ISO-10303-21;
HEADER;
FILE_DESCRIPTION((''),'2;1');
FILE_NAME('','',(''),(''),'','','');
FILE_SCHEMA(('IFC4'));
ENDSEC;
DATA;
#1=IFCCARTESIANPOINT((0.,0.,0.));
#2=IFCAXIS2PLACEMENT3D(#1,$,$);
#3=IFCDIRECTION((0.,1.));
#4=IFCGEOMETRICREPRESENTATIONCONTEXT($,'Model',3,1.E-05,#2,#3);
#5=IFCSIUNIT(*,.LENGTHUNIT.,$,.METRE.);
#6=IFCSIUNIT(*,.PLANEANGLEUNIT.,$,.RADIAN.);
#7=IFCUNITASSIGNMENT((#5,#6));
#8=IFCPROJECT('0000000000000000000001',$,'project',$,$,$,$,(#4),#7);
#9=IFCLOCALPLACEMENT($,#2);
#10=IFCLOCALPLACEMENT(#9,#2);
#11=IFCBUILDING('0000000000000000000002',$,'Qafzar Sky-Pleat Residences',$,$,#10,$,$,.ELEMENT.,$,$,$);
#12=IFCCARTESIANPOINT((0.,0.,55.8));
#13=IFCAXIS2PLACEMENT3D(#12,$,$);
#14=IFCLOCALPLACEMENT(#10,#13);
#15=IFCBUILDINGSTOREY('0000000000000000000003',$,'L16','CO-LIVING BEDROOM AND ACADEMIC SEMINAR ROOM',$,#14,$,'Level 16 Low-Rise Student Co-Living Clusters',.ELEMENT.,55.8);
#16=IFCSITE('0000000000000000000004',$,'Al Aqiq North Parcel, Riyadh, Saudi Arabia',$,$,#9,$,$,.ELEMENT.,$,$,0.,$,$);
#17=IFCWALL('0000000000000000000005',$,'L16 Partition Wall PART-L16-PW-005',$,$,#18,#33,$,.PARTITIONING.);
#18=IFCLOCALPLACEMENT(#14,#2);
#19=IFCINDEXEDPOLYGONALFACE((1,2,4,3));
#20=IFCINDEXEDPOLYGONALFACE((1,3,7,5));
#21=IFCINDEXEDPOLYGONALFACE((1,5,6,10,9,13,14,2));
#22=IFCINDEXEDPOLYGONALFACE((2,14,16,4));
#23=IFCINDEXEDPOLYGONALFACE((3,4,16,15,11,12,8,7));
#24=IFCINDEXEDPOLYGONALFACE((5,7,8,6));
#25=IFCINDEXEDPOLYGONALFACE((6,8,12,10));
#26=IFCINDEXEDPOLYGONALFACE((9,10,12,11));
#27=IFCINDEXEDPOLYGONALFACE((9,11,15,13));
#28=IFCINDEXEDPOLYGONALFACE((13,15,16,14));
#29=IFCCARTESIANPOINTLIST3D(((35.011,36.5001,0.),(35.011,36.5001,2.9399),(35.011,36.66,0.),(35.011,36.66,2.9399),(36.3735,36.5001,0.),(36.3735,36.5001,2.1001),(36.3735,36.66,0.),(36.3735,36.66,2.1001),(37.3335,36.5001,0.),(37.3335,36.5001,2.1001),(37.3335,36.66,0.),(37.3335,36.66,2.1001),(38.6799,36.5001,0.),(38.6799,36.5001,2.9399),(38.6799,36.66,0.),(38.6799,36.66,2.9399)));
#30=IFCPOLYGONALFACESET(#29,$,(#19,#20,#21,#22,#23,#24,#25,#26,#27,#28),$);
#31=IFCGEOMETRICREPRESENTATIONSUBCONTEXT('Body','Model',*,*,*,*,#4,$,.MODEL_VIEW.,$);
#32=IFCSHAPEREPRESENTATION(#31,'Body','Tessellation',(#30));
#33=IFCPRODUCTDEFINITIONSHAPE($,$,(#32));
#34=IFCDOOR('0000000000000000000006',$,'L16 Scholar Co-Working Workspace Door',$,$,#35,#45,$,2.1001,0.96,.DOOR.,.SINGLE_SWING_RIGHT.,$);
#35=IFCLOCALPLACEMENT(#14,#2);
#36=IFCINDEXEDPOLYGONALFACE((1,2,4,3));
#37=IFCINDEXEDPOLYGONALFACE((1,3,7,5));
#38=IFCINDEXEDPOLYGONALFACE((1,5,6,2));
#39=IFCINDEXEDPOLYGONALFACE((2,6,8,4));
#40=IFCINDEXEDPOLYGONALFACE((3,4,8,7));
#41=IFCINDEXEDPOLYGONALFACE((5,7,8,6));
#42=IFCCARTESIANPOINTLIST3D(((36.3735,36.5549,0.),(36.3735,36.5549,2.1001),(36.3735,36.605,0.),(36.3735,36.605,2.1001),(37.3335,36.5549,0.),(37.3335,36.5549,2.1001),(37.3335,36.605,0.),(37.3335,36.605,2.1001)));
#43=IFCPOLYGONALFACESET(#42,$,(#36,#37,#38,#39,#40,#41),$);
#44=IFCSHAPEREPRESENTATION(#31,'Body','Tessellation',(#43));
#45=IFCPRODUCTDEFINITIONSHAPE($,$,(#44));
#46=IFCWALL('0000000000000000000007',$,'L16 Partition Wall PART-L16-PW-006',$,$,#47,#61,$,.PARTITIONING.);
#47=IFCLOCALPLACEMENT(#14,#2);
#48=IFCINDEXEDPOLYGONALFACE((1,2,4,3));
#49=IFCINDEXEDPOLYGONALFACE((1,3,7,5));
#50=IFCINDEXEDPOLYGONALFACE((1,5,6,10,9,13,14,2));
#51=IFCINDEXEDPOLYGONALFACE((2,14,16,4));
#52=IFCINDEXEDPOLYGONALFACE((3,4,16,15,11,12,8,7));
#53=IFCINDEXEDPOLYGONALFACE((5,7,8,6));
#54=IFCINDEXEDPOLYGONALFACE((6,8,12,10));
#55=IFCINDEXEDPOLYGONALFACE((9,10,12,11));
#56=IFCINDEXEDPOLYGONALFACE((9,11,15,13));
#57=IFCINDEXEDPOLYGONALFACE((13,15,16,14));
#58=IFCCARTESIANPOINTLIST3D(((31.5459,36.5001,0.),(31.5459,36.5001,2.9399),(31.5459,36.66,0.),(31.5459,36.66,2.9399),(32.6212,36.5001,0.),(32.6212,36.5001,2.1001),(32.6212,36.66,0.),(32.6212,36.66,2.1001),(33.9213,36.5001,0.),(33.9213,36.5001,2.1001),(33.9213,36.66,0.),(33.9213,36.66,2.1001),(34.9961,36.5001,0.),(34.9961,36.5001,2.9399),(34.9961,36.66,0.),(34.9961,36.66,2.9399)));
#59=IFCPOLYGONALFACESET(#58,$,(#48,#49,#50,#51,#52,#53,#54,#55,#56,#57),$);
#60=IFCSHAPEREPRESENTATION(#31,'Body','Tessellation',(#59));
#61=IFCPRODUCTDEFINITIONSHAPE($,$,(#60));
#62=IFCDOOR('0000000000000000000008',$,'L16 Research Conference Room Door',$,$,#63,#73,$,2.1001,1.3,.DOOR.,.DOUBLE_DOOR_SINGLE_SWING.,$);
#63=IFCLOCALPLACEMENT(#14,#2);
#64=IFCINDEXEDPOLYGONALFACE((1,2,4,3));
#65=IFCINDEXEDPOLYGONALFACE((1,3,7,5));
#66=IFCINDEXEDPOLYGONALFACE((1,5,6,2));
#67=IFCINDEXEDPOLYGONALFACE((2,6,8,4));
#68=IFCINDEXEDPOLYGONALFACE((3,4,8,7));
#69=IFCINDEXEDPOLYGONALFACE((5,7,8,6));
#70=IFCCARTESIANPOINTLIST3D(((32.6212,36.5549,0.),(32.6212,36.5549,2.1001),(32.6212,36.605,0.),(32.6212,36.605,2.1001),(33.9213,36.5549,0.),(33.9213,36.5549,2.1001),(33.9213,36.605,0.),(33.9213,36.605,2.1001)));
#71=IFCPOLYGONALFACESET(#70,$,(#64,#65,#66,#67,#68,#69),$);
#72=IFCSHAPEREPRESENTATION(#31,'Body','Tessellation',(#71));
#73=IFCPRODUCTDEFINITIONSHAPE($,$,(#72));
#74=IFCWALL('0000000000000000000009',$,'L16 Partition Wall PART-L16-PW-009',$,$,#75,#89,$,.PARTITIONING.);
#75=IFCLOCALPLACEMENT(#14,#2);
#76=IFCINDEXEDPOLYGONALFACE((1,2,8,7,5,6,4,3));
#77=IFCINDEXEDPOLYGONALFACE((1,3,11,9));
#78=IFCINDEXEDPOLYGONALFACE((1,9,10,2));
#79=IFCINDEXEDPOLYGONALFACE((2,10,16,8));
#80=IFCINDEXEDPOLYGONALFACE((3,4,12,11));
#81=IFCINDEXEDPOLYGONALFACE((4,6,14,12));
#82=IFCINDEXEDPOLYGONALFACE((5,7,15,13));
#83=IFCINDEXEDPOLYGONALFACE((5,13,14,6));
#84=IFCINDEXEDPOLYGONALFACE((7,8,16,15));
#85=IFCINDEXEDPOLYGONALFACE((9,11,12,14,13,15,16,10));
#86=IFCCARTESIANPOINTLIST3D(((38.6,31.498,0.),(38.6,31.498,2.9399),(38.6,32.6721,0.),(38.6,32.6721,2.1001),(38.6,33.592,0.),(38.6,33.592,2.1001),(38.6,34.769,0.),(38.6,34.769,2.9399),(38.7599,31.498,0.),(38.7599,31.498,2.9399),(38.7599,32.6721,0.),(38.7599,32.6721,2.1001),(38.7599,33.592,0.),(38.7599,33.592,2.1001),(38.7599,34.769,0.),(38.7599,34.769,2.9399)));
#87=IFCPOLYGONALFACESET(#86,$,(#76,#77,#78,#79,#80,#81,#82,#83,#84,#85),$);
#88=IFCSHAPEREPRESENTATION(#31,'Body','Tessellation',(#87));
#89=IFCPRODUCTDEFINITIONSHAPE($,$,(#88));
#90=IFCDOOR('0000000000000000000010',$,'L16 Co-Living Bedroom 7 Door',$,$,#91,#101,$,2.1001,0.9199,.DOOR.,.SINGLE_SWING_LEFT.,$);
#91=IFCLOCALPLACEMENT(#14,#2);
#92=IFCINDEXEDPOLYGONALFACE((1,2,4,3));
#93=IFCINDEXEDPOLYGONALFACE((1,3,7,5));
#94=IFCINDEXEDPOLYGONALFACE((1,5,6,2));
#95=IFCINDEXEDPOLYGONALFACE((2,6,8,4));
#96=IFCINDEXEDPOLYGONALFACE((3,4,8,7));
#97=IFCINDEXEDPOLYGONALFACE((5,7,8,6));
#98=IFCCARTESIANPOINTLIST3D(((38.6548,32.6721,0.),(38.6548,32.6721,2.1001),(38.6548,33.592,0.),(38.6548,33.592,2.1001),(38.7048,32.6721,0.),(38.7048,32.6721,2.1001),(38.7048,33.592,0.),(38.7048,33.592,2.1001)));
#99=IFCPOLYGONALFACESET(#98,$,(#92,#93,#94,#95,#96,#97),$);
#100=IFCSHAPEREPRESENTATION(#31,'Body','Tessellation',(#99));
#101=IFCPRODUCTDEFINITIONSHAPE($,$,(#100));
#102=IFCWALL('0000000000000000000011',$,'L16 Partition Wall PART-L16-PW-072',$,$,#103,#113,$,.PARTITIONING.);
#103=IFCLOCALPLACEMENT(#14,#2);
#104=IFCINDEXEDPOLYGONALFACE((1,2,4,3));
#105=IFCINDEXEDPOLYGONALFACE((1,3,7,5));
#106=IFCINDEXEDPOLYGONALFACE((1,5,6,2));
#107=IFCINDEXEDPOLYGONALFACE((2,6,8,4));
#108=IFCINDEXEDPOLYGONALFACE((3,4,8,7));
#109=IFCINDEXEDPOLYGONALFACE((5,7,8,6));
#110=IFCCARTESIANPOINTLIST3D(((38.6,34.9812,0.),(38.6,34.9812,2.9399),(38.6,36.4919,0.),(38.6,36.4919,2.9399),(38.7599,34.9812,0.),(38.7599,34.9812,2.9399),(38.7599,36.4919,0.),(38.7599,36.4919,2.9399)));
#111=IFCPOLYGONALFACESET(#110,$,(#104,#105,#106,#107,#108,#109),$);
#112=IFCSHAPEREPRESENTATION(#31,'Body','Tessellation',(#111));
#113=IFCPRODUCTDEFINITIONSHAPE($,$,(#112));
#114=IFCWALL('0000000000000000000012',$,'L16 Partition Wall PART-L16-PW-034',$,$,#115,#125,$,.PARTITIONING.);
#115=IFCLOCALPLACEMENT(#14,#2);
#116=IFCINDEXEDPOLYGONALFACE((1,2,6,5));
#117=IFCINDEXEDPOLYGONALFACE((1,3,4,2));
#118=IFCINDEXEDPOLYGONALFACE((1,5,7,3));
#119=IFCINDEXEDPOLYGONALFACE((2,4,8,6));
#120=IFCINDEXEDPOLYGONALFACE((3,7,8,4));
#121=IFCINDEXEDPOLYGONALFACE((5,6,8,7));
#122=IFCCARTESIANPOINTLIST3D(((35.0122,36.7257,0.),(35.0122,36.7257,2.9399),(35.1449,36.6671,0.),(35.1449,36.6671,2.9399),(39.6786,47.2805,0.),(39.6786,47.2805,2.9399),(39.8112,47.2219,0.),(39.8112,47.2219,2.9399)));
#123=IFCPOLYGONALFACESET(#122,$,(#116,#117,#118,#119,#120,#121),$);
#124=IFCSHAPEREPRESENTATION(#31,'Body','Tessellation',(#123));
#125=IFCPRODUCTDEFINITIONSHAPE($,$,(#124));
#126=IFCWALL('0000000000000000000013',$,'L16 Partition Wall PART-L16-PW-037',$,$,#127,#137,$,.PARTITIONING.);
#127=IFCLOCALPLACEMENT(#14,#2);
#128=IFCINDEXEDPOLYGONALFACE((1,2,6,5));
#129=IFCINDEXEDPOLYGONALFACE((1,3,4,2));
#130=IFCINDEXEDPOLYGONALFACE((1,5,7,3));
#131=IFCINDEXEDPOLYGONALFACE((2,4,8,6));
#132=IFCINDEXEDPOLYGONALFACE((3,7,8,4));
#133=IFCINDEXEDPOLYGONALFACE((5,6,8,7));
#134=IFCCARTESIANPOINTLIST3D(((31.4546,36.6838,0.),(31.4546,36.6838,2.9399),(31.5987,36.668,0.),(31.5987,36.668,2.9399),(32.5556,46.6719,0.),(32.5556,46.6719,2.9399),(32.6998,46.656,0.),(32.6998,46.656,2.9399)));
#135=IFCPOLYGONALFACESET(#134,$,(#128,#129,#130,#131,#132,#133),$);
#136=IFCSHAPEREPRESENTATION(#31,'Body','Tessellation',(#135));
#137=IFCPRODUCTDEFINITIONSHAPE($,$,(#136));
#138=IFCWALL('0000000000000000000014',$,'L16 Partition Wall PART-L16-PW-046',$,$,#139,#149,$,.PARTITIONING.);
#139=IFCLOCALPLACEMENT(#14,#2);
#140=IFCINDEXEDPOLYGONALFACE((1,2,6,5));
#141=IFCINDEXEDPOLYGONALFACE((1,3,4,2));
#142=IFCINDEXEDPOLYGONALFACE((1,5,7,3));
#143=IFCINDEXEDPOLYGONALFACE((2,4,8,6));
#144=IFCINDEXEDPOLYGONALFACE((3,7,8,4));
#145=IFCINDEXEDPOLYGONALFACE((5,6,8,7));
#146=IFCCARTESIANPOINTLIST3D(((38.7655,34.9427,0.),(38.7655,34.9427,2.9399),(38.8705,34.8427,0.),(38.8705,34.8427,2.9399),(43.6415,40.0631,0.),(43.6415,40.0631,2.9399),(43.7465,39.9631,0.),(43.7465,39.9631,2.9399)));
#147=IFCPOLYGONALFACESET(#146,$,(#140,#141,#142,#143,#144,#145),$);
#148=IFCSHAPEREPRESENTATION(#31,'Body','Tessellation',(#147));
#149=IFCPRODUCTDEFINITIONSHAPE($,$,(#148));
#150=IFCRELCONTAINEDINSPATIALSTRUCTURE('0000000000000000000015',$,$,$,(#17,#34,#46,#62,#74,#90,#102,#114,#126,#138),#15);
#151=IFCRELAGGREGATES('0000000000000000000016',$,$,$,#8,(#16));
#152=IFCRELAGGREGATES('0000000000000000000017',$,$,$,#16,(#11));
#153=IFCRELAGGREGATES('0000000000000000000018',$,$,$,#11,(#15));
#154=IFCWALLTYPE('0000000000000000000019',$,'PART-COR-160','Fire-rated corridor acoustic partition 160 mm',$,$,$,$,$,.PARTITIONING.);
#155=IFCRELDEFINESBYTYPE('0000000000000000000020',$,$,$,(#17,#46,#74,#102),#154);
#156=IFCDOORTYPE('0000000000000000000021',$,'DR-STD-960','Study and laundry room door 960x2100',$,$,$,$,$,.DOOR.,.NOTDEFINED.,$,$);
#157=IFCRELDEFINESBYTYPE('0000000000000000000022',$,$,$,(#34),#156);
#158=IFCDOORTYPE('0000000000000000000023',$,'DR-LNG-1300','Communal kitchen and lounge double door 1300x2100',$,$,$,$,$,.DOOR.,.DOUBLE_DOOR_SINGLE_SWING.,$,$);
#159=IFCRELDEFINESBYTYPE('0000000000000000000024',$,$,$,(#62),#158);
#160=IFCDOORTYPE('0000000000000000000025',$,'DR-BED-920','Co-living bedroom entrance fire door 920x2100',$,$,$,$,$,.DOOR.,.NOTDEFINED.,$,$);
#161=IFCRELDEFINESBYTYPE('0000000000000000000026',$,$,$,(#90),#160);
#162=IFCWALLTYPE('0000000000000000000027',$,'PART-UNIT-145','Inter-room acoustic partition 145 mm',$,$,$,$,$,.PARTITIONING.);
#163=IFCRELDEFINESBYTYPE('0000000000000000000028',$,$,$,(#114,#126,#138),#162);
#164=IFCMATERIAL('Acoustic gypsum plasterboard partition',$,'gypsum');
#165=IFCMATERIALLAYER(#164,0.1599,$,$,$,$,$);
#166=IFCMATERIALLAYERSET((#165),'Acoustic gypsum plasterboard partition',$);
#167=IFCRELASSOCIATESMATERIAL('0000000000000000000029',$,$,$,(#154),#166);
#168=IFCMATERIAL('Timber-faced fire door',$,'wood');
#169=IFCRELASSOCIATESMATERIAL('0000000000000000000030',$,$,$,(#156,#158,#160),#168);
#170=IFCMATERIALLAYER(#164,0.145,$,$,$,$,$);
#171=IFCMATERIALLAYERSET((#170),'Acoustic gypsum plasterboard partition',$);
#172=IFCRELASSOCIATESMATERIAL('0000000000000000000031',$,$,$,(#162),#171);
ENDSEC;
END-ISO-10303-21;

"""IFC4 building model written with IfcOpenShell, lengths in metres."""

from ifc_helpers import new_model, si_unit, direction, frame, frame_2d, origin, place, context, subcontext, project, spatial, rectangle, extrude, source, transform, mapped, material, layer, layer_set, type_object, element, fill, save


model = new_model("IFC4")

# Units and contexts
model_context = context("Model", 3, precision=1e-05, world=origin(), true_north=direction((0.0, 1.0)))
body_context = subcontext(model_context, "Body", "Model", "MODEL_VIEW")
ifc_project = project(units=[si_unit("LENGTHUNIT", "METRE"), si_unit("PLANEANGLEUNIT", "RADIAN")], contexts=[model_context])

# Site, building, storey
site_placement = place(None, origin())
site = spatial("IfcSite", under=ifc_project, at=site_placement, Name="Al Aqiq North Parcel, Riyadh, Saudi Arabia", CompositionType="ELEMENT", RefElevation=0.0)
building_placement = place(site_placement, origin())
building = spatial("IfcBuilding", under=site, at=building_placement, Name="Qafzar Sky-Pleat Residences", CompositionType="ELEMENT")
storey_placement = place(building_placement, frame((0.0, 0.0, 55.8)))
storey = spatial("IfcBuildingStorey", under=building, at=storey_placement, Name="L16", Description="CO-LIVING BEDROOM AND ACADEMIC SEMINAR ROOM", LongName="Level 16 Low-Rise Student Co-Living Clusters", CompositionType="ELEMENT", Elevation=55.8)

# Walls, openings, doors
ifc_material_1 = material(Name="Acoustic gypsum plasterboard partition", Category="gypsum")
ifc_layer_1 = layer(ifc_material_1, 0.1599)
ifc_layer_set_1 = layer_set([ifc_layer_1], Name="Acoustic gypsum plasterboard partition")
wall_type_1 = type_object("IfcWallType", Name="PART-COR-160", Description="Fire-rated corridor acoustic partition 160 mm", PredefinedType="PARTITIONING", material=ifc_layer_set_1)
wall_1_placement = place(storey_placement, frame((35.011, 36.5801, 0.0), z_axis=(0.0, 0.0, 1.0), x_axis=(1.0, 0.0, 0.0)))
wall_1 = element("IfcWall", 1, at=wall_1_placement, inside=storey, type_object=wall_type_1, Name="L16 Partition Wall PART-L16-PW-005", PredefinedType="PARTITIONING", context=body_context, shape_type="SweptSolid", body=[
    extrude(rectangle(XDim=3.6689, YDim=0.1599, at=frame_2d((1.8345, 0.0))), origin(), (0.0, 0.0, 1.0), 2.9399),
])
opening_1_placement = place(wall_1_placement, frame((1.3625, 0.0, 0.0)))
opening_1 = element("IfcOpeningElement", 2, at=opening_1_placement, cuts=wall_1, PredefinedType="OPENING", context=body_context, shape_type="SweptSolid", body=[
    extrude(rectangle(XDim=0.96, YDim=2.1001, at=frame_2d((0.48, 1.05))), frame((0.0, 0.0898, 0.0), z_axis=(0.0, -1.0, 0.0), x_axis=(1.0, 0.0, 0.0)), (0.0, 0.0, 1.0), 0.1799),
])
ifc_material_2 = material(Name="Timber-faced fire door", Category="wood")
door_type_1 = type_object("IfcDoorType", Name="DR-STD-960", Description="Study and laundry room door 960x2100", OperationType="NOTDEFINED", PredefinedType="DOOR", material=ifc_material_2)
shared_shape_1 = source(origin(), body_context, "Body", "SweptSolid", [
    extrude(rectangle(XDim=0.96, YDim=2.1001, at=frame_2d((0.48, 1.05))), frame((0.0, 0.0249, 0.0), z_axis=(0.0, -1.0, 0.0), x_axis=(1.0, 0.0, 0.0)), (0.0, 0.0, 1.0), 0.05),
])
door_1_placement = place(opening_1_placement, origin())
door_1 = element("IfcDoor", 3, at=door_1_placement, inside=storey, type_object=door_type_1, Name="L16 Scholar Co-Working Workspace Door", OperationType="SINGLE_SWING_RIGHT", OverallHeight=2.1001, OverallWidth=0.96, PredefinedType="DOOR", context=body_context, shape_type="MappedRepresentation", body=[
    mapped(shared_shape_1, transform((0.0, 0.0, 0.0), x_axis=(1.0, 0.0, 0.0), y_axis=(0.0, 1.0, 0.0), z_axis=(0.0, 0.0, 1.0), scale=1.0)),
])
fill(opening_1, door_1)
wall_2_placement = place(storey_placement, frame((31.5459, 36.5801, 0.0), z_axis=(0.0, 0.0, 1.0), x_axis=(1.0, 0.0, 0.0)))
wall_2 = element("IfcWall", 4, at=wall_2_placement, inside=storey, type_object=wall_type_1, Name="L16 Partition Wall PART-L16-PW-006", PredefinedType="PARTITIONING", context=body_context, shape_type="SweptSolid", body=[
    extrude(rectangle(XDim=3.4502, YDim=0.1599, at=frame_2d((1.7251, 0.0))), origin(), (0.0, 0.0, 1.0), 2.9399),
])
opening_2_placement = place(wall_2_placement, frame((1.0754, 0.0, 0.0)))
opening_2 = element("IfcOpeningElement", 5, at=opening_2_placement, cuts=wall_2, PredefinedType="OPENING", context=body_context, shape_type="SweptSolid", body=[
    extrude(rectangle(XDim=1.3, YDim=2.1001, at=frame_2d((0.6499, 1.05))), frame((0.0, 0.0898, 0.0), z_axis=(0.0, -1.0, 0.0), x_axis=(1.0, 0.0, 0.0)), (0.0, 0.0, 1.0), 0.1799),
])
door_type_2 = type_object("IfcDoorType", Name="DR-LNG-1300", Description="Communal kitchen and lounge double door 1300x2100", OperationType="DOUBLE_DOOR_SINGLE_SWING", PredefinedType="DOOR", material=ifc_material_2)
shared_shape_2 = source(origin(), body_context, "Body", "SweptSolid", [
    extrude(rectangle(XDim=1.3, YDim=2.1001, at=frame_2d((0.6499, 1.05))), frame((0.0, 0.0249, 0.0), z_axis=(0.0, -1.0, 0.0), x_axis=(1.0, 0.0, 0.0)), (0.0, 0.0, 1.0), 0.05),
])
door_2_placement = place(opening_2_placement, origin())
door_2 = element("IfcDoor", 6, at=door_2_placement, inside=storey, type_object=door_type_2, Name="L16 Research Conference Room Door", OperationType="DOUBLE_DOOR_SINGLE_SWING", OverallHeight=2.1001, OverallWidth=1.3, PredefinedType="DOOR", context=body_context, shape_type="MappedRepresentation", body=[
    mapped(shared_shape_2, transform((0.0, 0.0, 0.0), x_axis=(1.0, 0.0, 0.0), y_axis=(0.0, 1.0, 0.0), z_axis=(0.0, 0.0, 1.0), scale=1.0)),
])
fill(opening_2, door_2)
wall_3_placement = place(storey_placement, frame((38.6799, 34.769, 0.0), z_axis=(0.0, 0.0, 1.0), x_axis=(0.0, -1.0, 0.0)))
wall_3 = element("IfcWall", 7, at=wall_3_placement, inside=storey, type_object=wall_type_1, Name="L16 Partition Wall PART-L16-PW-009", PredefinedType="PARTITIONING", context=body_context, shape_type="SweptSolid", body=[
    extrude(rectangle(XDim=3.271, YDim=0.1599, at=frame_2d((1.6355, 0.0))), origin(), (0.0, 0.0, 1.0), 2.9399),
])
opening_3_placement = place(wall_3_placement, frame((1.177, 0.0, 0.0)))
opening_3 = element("IfcOpeningElement", 8, at=opening_3_placement, cuts=wall_3, PredefinedType="OPENING", context=body_context, shape_type="SweptSolid", body=[
    extrude(rectangle(XDim=0.9199, YDim=2.1001, at=frame_2d((0.46, 1.05))), frame((0.0, 0.0898, 0.0), z_axis=(0.0, -1.0, 0.0), x_axis=(1.0, 0.0, 0.0)), (0.0, 0.0, 1.0), 0.1799),
])
door_type_3 = type_object("IfcDoorType", Name="DR-BED-920", Description="Co-living bedroom entrance fire door 920x2100", OperationType="NOTDEFINED", PredefinedType="DOOR", material=ifc_material_2)
shared_shape_3 = source(origin(), body_context, "Body", "SweptSolid", [
    extrude(rectangle(XDim=0.9199, YDim=2.1001, at=frame_2d((0.46, 1.05))), frame((0.0, 0.0249, 0.0), z_axis=(0.0, -1.0, 0.0), x_axis=(1.0, 0.0, 0.0)), (0.0, 0.0, 1.0), 0.05),
])
door_3_placement = place(opening_3_placement, origin())
door_3 = element("IfcDoor", 9, at=door_3_placement, inside=storey, type_object=door_type_3, Name="L16 Co-Living Bedroom 7 Door", OperationType="SINGLE_SWING_LEFT", OverallHeight=2.1001, OverallWidth=0.9199, PredefinedType="DOOR", context=body_context, shape_type="MappedRepresentation", body=[
    mapped(shared_shape_3, transform((0.0, 0.0, 0.0), x_axis=(1.0, 0.0, 0.0), y_axis=(0.0, 1.0, 0.0), z_axis=(0.0, 0.0, 1.0), scale=1.0)),
])
fill(opening_3, door_3)

# Walls
wall_4_placement = place(storey_placement, frame((38.6799, 34.9812, 0.0), z_axis=(0.0, 0.0, 1.0), x_axis=(0.0, 1.0, 0.0)))
element("IfcWall", 10, at=wall_4_placement, inside=storey, type_object=wall_type_1, Name="L16 Partition Wall PART-L16-PW-072", PredefinedType="PARTITIONING", context=body_context, shape_type="SweptSolid", body=[
    extrude(rectangle(XDim=1.5107, YDim=0.1599, at=frame_2d((0.7554, 0.0))), origin(), (0.0, 0.0, 1.0), 2.9399),
])
ifc_layer_2 = layer(ifc_material_1, 0.145)
ifc_layer_set_2 = layer_set([ifc_layer_2], Name="Acoustic gypsum plasterboard partition")
wall_type_2 = type_object("IfcWallType", Name="PART-UNIT-145", Description="Inter-room acoustic partition 145 mm", PredefinedType="PARTITIONING", material=ifc_layer_set_2)
wall_5_placement = place(storey_placement, frame((35.0786, 36.6965, 0.0), z_axis=(0.0, 0.0, 1.0), x_axis=(0.404349, 0.914605, 0.0)))
element("IfcWall", 11, at=wall_5_placement, inside=storey, type_object=wall_type_2, Name="L16 Partition Wall PART-L16-PW-034", PredefinedType="PARTITIONING", context=body_context, shape_type="SweptSolid", body=[
    extrude(rectangle(XDim=11.5403, YDim=0.145, at=frame_2d((5.77, 0.0))), origin(), (0.0, 0.0, 1.0), 2.9399),
])
wall_6_placement = place(storey_placement, frame((31.5266, 36.6758, 0.0), z_axis=(0.0, 0.0, 1.0), x_axis=(0.109575, 0.993978, 0.0)))
element("IfcWall", 12, at=wall_6_placement, inside=storey, type_object=wall_type_2, Name="L16 Partition Wall PART-L16-PW-037", PredefinedType="PARTITIONING", context=body_context, shape_type="SweptSolid", body=[
    extrude(rectangle(XDim=10.0486, YDim=0.145, at=frame_2d((5.0244, 0.0))), origin(), (0.0, 0.0, 1.0), 2.9399),
])
wall_7_placement = place(storey_placement, frame((38.8181, 34.8928, 0.0), z_axis=(0.0, 0.0, 1.0), x_axis=(0.689614, 0.724177, 0.0)))
element("IfcWall", 13, at=wall_7_placement, inside=storey, type_object=wall_type_2, Name="L16 Partition Wall PART-L16-PW-046", PredefinedType="PARTITIONING", context=body_context, shape_type="SweptSolid", body=[
    extrude(rectangle(XDim=7.0706, YDim=0.145, at=frame_2d((3.5352, 0.0))), origin(), (0.0, 0.0, 1.0), 2.9399),
])

save(model, "model.ifc")
